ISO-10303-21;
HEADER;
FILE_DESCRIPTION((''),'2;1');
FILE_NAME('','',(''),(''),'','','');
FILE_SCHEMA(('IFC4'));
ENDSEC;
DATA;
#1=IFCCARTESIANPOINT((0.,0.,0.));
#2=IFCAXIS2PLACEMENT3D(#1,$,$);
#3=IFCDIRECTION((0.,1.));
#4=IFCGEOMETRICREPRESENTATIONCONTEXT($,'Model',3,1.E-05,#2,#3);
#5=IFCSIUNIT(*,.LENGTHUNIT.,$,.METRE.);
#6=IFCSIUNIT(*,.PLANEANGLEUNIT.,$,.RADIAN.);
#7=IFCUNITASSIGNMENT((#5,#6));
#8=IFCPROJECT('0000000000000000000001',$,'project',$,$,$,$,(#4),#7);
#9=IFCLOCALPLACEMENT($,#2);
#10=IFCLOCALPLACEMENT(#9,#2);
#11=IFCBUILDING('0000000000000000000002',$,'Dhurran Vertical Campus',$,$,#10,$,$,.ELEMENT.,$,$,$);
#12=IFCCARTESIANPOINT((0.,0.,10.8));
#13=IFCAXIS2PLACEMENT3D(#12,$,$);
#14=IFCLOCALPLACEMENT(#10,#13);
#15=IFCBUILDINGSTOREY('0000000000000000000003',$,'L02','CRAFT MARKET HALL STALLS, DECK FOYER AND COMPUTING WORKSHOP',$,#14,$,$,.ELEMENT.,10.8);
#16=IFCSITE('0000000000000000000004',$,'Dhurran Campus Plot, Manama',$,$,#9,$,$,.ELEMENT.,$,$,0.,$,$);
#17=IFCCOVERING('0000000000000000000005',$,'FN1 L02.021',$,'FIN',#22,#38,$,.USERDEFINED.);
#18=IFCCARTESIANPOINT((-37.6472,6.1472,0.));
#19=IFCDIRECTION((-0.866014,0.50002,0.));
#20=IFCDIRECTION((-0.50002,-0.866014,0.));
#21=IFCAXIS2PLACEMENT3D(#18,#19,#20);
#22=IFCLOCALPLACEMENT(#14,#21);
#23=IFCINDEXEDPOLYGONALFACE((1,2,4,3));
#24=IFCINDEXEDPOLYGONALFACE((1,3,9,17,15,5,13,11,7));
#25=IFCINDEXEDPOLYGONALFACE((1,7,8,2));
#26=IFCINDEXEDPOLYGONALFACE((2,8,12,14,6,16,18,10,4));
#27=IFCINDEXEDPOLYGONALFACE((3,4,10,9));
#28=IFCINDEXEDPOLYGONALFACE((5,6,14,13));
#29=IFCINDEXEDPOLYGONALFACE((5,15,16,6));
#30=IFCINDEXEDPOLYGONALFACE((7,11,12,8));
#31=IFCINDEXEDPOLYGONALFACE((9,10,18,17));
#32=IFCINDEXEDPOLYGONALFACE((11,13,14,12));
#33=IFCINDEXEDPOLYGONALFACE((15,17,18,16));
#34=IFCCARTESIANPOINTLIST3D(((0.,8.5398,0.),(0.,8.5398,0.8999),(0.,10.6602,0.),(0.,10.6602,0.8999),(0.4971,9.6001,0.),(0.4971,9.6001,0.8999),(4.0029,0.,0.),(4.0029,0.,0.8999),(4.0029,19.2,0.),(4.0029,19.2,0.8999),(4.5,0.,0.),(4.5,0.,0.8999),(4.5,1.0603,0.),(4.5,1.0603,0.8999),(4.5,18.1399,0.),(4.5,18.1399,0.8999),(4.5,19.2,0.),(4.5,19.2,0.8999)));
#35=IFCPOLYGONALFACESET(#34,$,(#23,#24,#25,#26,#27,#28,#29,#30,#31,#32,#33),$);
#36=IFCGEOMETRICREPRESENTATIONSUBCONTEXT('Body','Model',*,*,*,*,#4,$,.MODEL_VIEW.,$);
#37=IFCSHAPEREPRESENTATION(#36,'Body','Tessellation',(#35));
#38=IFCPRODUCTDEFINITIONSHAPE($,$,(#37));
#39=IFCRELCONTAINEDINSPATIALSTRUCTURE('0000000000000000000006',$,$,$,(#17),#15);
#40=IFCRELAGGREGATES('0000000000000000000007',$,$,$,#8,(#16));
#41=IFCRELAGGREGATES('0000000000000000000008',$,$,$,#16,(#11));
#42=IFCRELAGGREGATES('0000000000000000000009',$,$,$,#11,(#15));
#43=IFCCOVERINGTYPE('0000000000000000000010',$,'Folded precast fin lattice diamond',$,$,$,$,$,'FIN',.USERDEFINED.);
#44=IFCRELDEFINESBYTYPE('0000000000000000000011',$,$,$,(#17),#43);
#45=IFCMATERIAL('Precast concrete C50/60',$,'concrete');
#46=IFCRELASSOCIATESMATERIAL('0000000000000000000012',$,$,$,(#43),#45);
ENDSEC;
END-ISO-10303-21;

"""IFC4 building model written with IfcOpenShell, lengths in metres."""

from ifc_helpers import new_model, si_unit, direction, frame, origin, place, context, subcontext, project, spatial, polyline, outline, extrude, material, type_object, element, save


model = new_model("IFC4")

# Units and contexts
model_context = context("Model", 3, precision=1e-05, world=origin(), true_north=direction((0.0, 1.0)))
body_context = subcontext(model_context, "Body", "Model", "MODEL_VIEW")
ifc_project = project(units=[si_unit("LENGTHUNIT", "METRE"), si_unit("PLANEANGLEUNIT", "RADIAN")], contexts=[model_context])

# Site, building, storey
site_placement = place(None, origin())
site = spatial("IfcSite", under=ifc_project, at=site_placement, Name="Dhurran Campus Plot, Manama", CompositionType="ELEMENT", RefElevation=0.0)
building_placement = place(site_placement, origin())
building = spatial("IfcBuilding", under=site, at=building_placement, Name="Dhurran Vertical Campus", CompositionType="ELEMENT")
storey_placement = place(building_placement, frame((0.0, 0.0, 10.8)))
storey = spatial("IfcBuildingStorey", under=building, at=storey_placement, Name="L02", Description="CRAFT MARKET HALL STALLS, DECK FOYER AND COMPUTING WORKSHOP", CompositionType="ELEMENT", Elevation=10.8)

# Covering
ifc_material_1 = material(Name="Precast concrete C50/60", Category="concrete")
covering_type = type_object("IfcCoveringType", Name="Folded precast fin lattice diamond", ElementType="FIN", PredefinedType="USERDEFINED", material=ifc_material_1)
covering_1_placement = place(storey_placement, frame((-37.6472, 6.1472, 0.0), z_axis=(-0.866014, 0.50002, 0.0), x_axis=(-0.50002, -0.866014, 0.0)))
element("IfcCovering", 1, at=covering_1_placement, inside=storey, type_object=covering_type, Name="FN1 L02.021", ObjectType="FIN", PredefinedType="USERDEFINED", context=body_context, shape_type="SweptSolid", body=[
    extrude(outline(polyline([(4.0029, 0.0), (0.0, 8.5398), (0.0, 10.6602), (4.0029, 19.2), (4.5, 19.2), (4.5, 18.1399), (0.4971, 9.6001), (4.5, 1.0603), (4.5, 0.0), (4.0029, 0.0)])), origin(), (0.0, 0.0, 1.0), 0.8999),
])

save(model, "model.ifc")
